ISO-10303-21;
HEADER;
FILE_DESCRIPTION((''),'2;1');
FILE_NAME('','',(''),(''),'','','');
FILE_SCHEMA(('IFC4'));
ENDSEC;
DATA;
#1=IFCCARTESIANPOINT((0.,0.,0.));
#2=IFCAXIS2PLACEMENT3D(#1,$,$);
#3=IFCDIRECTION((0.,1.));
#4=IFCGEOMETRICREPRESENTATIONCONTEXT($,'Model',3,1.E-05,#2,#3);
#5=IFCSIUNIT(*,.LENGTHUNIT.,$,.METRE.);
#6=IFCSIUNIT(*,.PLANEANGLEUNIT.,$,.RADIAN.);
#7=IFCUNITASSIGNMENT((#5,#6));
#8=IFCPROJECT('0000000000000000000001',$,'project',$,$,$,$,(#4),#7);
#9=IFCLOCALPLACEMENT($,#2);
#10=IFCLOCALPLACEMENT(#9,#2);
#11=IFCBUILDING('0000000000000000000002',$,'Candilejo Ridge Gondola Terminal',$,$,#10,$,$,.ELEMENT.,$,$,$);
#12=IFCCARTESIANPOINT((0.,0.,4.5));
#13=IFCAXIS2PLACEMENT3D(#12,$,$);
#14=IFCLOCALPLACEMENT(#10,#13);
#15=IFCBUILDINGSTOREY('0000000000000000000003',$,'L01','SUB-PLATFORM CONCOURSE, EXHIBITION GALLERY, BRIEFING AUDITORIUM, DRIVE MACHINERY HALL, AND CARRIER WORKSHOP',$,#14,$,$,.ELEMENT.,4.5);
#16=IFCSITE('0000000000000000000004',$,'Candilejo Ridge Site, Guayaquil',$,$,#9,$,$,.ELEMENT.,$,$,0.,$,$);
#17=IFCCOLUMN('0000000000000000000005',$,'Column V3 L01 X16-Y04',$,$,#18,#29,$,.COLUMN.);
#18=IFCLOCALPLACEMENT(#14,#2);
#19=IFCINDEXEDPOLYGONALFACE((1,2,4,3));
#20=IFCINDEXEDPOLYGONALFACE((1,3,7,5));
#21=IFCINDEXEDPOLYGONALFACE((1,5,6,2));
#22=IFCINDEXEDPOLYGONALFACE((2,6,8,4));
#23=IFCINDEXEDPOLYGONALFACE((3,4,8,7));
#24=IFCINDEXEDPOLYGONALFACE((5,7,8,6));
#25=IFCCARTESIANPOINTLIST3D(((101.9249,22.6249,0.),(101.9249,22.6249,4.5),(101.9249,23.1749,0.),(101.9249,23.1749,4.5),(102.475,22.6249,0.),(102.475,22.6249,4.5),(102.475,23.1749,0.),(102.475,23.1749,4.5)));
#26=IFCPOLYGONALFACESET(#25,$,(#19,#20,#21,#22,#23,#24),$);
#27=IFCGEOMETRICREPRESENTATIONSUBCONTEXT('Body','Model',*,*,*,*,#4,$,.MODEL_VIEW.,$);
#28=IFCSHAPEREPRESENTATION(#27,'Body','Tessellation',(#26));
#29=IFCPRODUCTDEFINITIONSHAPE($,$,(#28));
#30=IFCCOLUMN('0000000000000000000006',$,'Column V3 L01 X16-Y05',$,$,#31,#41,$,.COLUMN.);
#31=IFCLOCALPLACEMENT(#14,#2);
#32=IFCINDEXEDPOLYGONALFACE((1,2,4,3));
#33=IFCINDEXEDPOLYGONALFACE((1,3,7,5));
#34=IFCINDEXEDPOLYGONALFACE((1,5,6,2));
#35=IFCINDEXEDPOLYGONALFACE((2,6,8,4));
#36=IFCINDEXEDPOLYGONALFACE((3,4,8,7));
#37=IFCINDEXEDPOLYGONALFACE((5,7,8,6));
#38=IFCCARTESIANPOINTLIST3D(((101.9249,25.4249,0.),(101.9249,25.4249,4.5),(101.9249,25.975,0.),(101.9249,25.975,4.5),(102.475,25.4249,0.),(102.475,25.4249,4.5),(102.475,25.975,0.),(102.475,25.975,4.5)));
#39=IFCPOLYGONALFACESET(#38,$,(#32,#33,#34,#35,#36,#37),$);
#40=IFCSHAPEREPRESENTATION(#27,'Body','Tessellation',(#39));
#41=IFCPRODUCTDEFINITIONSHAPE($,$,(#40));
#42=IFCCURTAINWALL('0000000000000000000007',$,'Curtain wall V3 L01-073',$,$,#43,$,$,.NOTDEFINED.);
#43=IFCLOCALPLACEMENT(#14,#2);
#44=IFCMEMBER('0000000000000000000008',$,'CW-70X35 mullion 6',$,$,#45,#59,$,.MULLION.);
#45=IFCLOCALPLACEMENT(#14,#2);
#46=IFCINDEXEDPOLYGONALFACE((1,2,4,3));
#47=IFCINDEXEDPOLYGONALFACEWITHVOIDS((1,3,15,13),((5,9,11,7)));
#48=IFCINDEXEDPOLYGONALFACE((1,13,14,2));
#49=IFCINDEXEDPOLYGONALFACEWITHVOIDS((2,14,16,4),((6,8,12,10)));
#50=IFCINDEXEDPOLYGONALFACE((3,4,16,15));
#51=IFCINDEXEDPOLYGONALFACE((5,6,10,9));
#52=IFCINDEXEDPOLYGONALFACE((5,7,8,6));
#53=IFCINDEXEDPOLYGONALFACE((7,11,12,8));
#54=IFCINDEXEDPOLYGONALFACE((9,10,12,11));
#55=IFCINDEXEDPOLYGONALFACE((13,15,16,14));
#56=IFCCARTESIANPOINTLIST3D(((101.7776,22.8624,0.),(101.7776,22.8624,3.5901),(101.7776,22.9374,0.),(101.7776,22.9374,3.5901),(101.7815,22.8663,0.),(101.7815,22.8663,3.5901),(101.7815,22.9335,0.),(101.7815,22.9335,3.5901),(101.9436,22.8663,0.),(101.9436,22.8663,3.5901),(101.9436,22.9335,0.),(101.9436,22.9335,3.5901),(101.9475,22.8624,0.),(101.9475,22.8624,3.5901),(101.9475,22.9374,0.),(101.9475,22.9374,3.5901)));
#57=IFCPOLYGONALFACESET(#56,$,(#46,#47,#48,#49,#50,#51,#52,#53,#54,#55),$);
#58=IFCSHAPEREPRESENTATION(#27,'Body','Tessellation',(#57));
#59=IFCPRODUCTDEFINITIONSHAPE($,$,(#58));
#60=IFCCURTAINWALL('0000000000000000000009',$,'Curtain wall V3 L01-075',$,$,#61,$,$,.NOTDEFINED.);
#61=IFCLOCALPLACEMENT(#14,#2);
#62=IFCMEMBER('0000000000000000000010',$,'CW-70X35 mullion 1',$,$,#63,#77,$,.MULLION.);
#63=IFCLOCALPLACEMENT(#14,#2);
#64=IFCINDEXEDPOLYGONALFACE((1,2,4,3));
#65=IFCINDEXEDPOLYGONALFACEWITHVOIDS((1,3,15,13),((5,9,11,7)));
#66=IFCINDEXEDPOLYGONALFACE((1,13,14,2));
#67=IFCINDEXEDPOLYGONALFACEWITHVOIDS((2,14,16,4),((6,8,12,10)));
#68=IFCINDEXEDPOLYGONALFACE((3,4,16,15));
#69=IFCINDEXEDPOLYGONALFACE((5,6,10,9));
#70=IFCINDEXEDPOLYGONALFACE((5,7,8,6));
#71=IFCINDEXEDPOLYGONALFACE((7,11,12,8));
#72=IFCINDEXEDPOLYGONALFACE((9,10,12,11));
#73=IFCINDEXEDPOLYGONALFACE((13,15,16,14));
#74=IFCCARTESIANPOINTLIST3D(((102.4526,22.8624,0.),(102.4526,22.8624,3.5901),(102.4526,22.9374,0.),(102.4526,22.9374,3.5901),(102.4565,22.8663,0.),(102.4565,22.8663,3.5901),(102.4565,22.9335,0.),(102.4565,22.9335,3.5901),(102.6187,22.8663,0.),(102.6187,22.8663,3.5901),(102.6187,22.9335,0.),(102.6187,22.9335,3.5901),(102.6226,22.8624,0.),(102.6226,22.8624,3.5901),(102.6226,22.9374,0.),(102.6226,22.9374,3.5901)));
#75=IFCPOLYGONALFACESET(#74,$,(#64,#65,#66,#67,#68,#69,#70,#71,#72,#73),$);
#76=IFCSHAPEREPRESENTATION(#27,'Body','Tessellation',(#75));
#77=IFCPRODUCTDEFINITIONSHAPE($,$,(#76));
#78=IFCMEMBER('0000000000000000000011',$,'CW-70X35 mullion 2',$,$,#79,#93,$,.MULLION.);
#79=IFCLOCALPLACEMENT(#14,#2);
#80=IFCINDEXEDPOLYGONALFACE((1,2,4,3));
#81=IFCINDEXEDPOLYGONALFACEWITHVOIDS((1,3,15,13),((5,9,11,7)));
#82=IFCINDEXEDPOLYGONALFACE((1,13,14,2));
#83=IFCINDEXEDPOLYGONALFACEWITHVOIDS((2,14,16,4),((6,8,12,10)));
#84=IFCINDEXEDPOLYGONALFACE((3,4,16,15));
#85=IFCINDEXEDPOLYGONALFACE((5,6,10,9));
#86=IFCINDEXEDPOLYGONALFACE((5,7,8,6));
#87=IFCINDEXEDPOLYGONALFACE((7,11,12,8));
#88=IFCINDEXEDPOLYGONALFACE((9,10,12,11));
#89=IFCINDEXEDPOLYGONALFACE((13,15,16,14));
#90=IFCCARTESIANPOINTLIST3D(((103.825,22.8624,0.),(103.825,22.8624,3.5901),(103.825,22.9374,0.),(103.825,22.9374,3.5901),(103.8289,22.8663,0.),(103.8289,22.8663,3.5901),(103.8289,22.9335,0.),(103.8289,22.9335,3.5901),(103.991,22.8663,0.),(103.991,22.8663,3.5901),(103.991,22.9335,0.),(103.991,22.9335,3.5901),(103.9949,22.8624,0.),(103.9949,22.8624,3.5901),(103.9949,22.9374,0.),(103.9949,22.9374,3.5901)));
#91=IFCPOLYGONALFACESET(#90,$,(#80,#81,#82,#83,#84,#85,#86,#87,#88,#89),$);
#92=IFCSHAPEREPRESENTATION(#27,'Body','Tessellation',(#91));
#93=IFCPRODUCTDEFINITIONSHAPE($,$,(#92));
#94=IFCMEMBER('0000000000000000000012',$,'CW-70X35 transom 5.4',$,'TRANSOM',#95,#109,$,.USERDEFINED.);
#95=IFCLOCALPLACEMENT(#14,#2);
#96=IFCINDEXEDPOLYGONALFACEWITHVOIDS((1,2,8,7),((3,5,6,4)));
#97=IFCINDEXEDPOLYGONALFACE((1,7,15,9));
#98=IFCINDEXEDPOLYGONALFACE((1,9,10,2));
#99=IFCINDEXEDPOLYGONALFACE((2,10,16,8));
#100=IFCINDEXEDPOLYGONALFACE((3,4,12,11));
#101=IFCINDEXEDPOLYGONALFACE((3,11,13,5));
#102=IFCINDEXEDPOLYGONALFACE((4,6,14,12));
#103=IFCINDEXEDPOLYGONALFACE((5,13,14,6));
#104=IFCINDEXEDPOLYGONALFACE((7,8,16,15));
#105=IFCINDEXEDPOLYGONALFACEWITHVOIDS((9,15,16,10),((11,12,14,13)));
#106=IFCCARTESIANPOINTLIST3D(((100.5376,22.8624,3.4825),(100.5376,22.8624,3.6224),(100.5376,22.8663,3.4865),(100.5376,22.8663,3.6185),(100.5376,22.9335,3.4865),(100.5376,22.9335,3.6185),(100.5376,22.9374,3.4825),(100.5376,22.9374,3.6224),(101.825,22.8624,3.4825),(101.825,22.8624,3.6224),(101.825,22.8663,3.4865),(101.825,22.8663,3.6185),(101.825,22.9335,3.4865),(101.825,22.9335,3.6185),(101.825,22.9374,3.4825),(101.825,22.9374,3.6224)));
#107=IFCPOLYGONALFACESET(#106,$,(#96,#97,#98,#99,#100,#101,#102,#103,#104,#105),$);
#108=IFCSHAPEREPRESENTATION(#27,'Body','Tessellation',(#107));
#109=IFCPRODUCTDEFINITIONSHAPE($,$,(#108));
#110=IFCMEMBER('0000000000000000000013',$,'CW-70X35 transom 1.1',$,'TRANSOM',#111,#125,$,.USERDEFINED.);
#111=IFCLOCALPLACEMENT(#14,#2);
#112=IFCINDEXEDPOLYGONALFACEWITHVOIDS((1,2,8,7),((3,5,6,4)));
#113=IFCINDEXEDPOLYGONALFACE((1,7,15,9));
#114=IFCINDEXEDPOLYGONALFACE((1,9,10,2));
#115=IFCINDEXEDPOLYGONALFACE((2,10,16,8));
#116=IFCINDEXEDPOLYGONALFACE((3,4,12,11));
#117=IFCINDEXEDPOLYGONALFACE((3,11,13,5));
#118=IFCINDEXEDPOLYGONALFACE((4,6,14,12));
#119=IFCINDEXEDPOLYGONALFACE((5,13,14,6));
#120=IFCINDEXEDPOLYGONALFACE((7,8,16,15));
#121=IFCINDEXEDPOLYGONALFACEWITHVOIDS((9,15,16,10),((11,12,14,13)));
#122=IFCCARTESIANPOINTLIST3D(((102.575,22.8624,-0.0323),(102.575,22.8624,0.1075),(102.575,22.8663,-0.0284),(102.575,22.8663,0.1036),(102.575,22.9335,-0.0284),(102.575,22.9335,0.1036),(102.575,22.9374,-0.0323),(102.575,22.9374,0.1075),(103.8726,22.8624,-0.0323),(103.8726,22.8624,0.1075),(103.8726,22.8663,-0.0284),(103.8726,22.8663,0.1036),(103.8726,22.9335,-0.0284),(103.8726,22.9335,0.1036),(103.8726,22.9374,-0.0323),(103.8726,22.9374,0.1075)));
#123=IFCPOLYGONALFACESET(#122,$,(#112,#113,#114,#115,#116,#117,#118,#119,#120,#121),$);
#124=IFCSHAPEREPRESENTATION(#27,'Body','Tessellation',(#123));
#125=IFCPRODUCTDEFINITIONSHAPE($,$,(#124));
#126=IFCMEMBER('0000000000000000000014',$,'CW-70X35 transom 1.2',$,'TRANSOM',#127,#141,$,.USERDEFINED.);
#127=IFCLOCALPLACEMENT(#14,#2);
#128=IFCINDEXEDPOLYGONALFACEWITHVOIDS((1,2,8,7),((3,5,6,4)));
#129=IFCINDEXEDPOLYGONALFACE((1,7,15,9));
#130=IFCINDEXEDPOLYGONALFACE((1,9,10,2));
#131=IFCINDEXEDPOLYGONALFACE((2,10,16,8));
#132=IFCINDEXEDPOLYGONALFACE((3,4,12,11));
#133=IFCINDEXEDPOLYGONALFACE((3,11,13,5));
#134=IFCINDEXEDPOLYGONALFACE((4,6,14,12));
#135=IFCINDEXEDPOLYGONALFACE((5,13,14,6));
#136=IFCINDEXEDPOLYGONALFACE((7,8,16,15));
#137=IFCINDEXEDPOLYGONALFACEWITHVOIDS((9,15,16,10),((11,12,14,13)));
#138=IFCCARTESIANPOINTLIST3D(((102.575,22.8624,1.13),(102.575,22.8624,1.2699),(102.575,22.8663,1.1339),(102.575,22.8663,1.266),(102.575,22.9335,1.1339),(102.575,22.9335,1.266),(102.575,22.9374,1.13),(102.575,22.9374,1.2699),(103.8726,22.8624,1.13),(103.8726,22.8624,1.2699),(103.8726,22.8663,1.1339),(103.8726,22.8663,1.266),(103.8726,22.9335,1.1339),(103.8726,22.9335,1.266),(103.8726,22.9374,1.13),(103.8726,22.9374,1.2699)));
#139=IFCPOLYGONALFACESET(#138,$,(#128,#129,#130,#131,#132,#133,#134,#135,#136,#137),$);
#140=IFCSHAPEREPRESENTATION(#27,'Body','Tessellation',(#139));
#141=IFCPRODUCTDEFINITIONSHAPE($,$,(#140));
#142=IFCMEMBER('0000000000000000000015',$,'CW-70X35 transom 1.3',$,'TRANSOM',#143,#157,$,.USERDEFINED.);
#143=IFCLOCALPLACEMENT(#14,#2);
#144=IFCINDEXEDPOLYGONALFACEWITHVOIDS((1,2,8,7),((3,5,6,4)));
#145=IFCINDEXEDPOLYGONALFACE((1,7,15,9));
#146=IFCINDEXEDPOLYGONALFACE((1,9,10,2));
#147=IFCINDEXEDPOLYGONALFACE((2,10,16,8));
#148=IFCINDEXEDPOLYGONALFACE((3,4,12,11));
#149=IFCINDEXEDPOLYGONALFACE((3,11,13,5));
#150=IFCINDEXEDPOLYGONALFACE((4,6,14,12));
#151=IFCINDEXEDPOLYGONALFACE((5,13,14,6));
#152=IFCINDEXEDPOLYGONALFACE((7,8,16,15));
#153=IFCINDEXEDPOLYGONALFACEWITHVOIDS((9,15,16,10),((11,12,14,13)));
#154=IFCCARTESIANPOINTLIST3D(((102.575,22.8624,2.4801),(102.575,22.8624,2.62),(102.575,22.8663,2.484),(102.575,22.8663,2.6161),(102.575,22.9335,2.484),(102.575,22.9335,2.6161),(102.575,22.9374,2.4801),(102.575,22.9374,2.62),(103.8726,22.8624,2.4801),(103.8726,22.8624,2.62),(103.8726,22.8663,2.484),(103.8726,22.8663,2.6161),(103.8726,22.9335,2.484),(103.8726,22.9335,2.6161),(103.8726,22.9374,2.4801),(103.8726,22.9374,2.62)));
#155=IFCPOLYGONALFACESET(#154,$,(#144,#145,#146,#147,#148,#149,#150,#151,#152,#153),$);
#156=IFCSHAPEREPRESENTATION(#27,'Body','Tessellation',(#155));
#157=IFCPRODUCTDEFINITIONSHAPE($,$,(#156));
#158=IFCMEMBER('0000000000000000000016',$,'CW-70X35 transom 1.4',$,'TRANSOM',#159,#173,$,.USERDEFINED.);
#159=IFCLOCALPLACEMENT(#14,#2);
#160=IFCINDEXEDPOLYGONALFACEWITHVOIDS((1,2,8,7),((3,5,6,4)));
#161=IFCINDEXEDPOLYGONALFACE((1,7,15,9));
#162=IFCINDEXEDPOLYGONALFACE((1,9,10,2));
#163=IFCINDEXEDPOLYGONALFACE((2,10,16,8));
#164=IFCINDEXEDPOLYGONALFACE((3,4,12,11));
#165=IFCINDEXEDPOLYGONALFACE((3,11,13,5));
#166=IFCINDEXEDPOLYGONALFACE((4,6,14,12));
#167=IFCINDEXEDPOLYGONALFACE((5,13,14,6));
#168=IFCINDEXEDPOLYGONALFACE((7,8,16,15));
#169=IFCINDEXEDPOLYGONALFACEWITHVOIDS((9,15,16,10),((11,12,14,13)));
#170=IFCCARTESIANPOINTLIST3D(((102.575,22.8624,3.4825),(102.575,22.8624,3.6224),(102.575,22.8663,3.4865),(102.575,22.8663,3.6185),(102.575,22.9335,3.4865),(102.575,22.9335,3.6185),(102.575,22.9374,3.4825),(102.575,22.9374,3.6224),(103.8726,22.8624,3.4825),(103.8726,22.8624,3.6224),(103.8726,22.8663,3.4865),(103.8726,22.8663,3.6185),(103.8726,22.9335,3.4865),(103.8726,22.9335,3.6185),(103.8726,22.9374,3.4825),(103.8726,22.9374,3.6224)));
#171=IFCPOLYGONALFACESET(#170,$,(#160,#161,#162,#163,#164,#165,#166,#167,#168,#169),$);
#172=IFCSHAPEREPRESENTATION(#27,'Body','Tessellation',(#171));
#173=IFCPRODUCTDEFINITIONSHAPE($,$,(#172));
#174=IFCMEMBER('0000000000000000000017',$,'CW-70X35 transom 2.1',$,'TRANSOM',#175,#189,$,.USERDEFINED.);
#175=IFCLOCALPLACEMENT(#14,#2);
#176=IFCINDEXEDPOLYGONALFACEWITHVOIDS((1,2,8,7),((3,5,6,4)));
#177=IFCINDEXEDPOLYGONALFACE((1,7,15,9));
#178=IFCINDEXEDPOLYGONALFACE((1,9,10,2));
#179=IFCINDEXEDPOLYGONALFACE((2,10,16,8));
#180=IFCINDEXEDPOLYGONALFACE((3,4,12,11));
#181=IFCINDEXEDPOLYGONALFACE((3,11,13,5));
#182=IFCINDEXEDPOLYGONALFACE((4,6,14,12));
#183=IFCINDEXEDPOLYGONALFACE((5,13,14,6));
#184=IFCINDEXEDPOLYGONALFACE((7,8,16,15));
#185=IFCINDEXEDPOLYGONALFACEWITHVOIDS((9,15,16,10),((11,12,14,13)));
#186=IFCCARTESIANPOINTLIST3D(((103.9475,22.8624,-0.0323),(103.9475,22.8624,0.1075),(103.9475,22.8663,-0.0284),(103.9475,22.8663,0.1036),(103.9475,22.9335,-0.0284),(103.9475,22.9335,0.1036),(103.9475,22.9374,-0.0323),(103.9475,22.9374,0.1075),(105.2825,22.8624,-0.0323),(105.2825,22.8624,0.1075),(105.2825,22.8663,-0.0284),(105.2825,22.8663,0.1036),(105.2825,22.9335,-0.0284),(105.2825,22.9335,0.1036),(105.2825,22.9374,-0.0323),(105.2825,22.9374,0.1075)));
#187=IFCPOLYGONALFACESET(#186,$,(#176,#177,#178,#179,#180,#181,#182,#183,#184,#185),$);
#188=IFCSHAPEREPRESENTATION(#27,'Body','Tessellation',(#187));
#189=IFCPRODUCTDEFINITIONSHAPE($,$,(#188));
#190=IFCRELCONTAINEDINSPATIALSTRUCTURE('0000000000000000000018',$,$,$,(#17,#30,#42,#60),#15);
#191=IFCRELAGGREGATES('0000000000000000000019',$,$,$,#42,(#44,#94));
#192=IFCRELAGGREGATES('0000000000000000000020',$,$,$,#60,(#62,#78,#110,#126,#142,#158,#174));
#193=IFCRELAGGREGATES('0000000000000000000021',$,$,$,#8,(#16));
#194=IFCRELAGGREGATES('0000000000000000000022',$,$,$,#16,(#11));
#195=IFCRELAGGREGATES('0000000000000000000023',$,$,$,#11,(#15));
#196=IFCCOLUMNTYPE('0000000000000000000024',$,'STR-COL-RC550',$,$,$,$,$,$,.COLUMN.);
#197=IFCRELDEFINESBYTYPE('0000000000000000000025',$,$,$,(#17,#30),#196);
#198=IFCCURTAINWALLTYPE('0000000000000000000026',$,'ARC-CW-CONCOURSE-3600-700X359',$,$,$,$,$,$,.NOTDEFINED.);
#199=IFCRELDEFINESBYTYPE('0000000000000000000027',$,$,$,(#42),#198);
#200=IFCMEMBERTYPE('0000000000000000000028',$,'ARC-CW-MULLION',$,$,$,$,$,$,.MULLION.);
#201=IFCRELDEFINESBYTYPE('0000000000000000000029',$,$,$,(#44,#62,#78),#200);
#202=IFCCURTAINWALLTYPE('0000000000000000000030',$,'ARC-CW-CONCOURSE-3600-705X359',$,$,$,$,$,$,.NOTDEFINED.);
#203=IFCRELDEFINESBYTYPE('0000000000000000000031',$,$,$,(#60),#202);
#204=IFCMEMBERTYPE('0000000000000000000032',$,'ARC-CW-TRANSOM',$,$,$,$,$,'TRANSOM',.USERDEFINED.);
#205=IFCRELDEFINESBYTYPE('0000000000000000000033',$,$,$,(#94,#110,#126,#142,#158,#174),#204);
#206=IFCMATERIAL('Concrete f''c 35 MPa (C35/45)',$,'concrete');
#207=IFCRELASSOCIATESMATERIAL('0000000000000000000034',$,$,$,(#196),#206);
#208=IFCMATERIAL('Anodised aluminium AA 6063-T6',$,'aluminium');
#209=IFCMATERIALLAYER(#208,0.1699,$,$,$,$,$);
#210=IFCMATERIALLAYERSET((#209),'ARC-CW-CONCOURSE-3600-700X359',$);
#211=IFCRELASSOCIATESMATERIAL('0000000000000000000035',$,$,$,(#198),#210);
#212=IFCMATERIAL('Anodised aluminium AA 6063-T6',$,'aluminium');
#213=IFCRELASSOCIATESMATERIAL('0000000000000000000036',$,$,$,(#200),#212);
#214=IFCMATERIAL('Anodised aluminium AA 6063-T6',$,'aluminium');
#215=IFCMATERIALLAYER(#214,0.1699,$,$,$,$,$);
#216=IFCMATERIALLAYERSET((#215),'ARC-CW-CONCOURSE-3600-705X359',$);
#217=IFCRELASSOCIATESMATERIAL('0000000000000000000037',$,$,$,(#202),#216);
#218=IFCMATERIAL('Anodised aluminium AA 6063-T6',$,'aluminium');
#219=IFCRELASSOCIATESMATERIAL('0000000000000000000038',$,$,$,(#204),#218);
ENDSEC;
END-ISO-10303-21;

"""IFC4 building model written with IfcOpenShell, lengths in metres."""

from ifc_helpers import new_model, si_unit, direction, frame, origin, origin_2d, place, context, subcontext, project, spatial, rectangle, hollow_rectangle, extrude, material, layer, layer_set, material_profile, profile_set, type_object, element, aggregate, save


model = new_model("IFC4")

# Units and contexts
model_context = context("Model", 3, precision=1e-05, world=origin(), true_north=direction((0.0, 1.0)))
body_context = subcontext(model_context, "Body", "Model", "MODEL_VIEW")
ifc_project = project(units=[si_unit("LENGTHUNIT", "METRE"), si_unit("PLANEANGLEUNIT", "RADIAN")], contexts=[model_context])

# Site, building, storey
site_placement = place(None, origin())
site = spatial("IfcSite", under=ifc_project, at=site_placement, Name="Candilejo Ridge Site, Guayaquil", CompositionType="ELEMENT", RefElevation=0.0)
building_placement = place(site_placement, origin())
building = spatial("IfcBuilding", under=site, at=building_placement, Name="Candilejo Ridge Gondola Terminal", CompositionType="ELEMENT")
storey_placement = place(building_placement, frame((0.0, 0.0, 4.5)))
storey = spatial("IfcBuildingStorey", under=building, at=storey_placement, Name="L01", Description="SUB-PLATFORM CONCOURSE, EXHIBITION GALLERY, BRIEFING AUDITORIUM, DRIVE MACHINERY HALL, AND CARRIER WORKSHOP", CompositionType="ELEMENT", Elevation=4.5)

# Columns
ifc_material_1 = material(Name="Concrete f'c 35 MPa (C35/45)", Category="concrete")
ifc_material_profile_1 = material_profile(ifc_material_1, rectangle(XDim=0.55, YDim=0.55, at=origin_2d()))
ifc_profile_set_1 = profile_set([ifc_material_profile_1], Name="Concrete f'c 35 MPa (C35/45)")
column_type = type_object("IfcColumnType", Name="STR-COL-RC550", PredefinedType="COLUMN", material=ifc_profile_set_1)
for number, where, z_axis, x_axis, name in (
    (1, (102.2, 22.8999, 0.0), (0.0, 0.0, 1.0), (1.0, 0.0, 0.0), "Column V3 L01 X16-Y04"),
    (2, (102.2, 25.7, 0.0), (0.0, 0.0, 1.0), (1.0, 0.0, 0.0), "Column V3 L01 X16-Y05"),
):
    element("IfcColumn", number, at=place(storey_placement, frame(where, z_axis=z_axis, x_axis=x_axis)), inside=storey, type_object=column_type, Name=name, PredefinedType="COLUMN", context=body_context, shape_type="SweptSolid", body=[
        extrude(rectangle(XDim=0.55, YDim=0.55, at=origin_2d()), origin(), (0.0, 0.0, 1.0), 4.5),
    ])

# Curtain wall, member
ifc_material_2 = material(Name="Anodised aluminium AA 6063-T6", Category="aluminium")
ifc_layer_1 = layer(ifc_material_2, 0.1699)
ifc_layer_set_1 = layer_set([ifc_layer_1], Name="ARC-CW-CONCOURSE-3600-700X359")
curtain_wall_type_1 = type_object("IfcCurtainWallType", Name="ARC-CW-CONCOURSE-3600-700X359", PredefinedType="NOTDEFINED", material=ifc_layer_set_1)
curtain_wall_1_placement = place(storey_placement, origin())
curtain_wall_1 = element("IfcCurtainWall", 3, at=curtain_wall_1_placement, inside=storey, type_object=curtain_wall_type_1, Name="Curtain wall V3 L01-073", PredefinedType="NOTDEFINED")
ifc_material_3 = material(Name="Anodised aluminium AA 6063-T6", Category="aluminium")
ifc_material_profile_2 = material_profile(ifc_material_3, hollow_rectangle(XDim=0.075, YDim=0.1699, WallThickness=0.0039, at=origin_2d()))
ifc_profile_set_2 = profile_set([ifc_material_profile_2], Name="Anodised aluminium AA 6063-T6")
member_type_1 = type_object("IfcMemberType", Name="ARC-CW-MULLION", PredefinedType="MULLION", material=ifc_profile_set_2)
member_1_placement = place(storey_placement, frame((101.8625, 22.8999, 0.0), z_axis=(0.0, 0.0, 1.0), x_axis=(0.0, 1.0, 0.0)))
member_1 = element("IfcMember", 4, at=member_1_placement, type_object=member_type_1, Name="CW-70X35 mullion 6", PredefinedType="MULLION", context=body_context, shape_type="SweptSolid", body=[
    extrude(hollow_rectangle(XDim=0.075, YDim=0.1699, WallThickness=0.0039, at=origin_2d()), origin(), (0.0, 0.0, 1.0), 3.5901),
])

# Curtain wall, members
ifc_material_4 = material(Name="Anodised aluminium AA 6063-T6", Category="aluminium")
ifc_layer_2 = layer(ifc_material_4, 0.1699)
ifc_layer_set_2 = layer_set([ifc_layer_2], Name="ARC-CW-CONCOURSE-3600-705X359")
curtain_wall_type_2 = type_object("IfcCurtainWallType", Name="ARC-CW-CONCOURSE-3600-705X359", PredefinedType="NOTDEFINED", material=ifc_layer_set_2)
curtain_wall_2_placement = place(storey_placement, origin())
curtain_wall_2 = element("IfcCurtainWall", 5, at=curtain_wall_2_placement, inside=storey, type_object=curtain_wall_type_2, Name="Curtain wall V3 L01-075", PredefinedType="NOTDEFINED")
member_2_placement = place(storey_placement, frame((102.5376, 22.8999, 0.0), z_axis=(0.0, 0.0, 1.0), x_axis=(0.0, 1.0, 0.0)))
member_2 = element("IfcMember", 6, at=member_2_placement, type_object=member_type_1, Name="CW-70X35 mullion 1", PredefinedType="MULLION", context=body_context, shape_type="SweptSolid", body=[
    extrude(hollow_rectangle(XDim=0.075, YDim=0.1699, WallThickness=0.0039, at=origin_2d()), origin(), (0.0, 0.0, 1.0), 3.5901),
])
member_3_placement = place(storey_placement, frame((103.9099, 22.8999, 0.0), z_axis=(0.0, 0.0, 1.0), x_axis=(0.0, 1.0, 0.0)))
member_3 = element("IfcMember", 7, at=member_3_placement, type_object=member_type_1, Name="CW-70X35 mullion 2", PredefinedType="MULLION", context=body_context, shape_type="SweptSolid", body=[
    extrude(hollow_rectangle(XDim=0.075, YDim=0.1699, WallThickness=0.0039, at=origin_2d()), origin(), (0.0, 0.0, 1.0), 3.5901),
])

# Members
ifc_material_5 = material(Name="Anodised aluminium AA 6063-T6", Category="aluminium")
ifc_material_profile_3 = material_profile(ifc_material_5, hollow_rectangle(XDim=0.075, YDim=0.1399, WallThickness=0.0039, at=origin_2d()))
ifc_profile_set_3 = profile_set([ifc_material_profile_3], Name="Anodised aluminium AA 6063-T6")
member_type_2 = type_object("IfcMemberType", Name="ARC-CW-TRANSOM", ElementType="TRANSOM", PredefinedType="USERDEFINED", material=ifc_profile_set_3)
member_4_placement = place(storey_placement, frame((100.5376, 22.8999, 3.5525), z_axis=(1.0, 0.0, 0.0), x_axis=(0.0, 1.0, 0.0)))
member_4 = element("IfcMember", 8, at=member_4_placement, type_object=member_type_2, Name="CW-70X35 transom 5.4", ObjectType="TRANSOM", PredefinedType="USERDEFINED", context=body_context, shape_type="SweptSolid", body=[
    extrude(hollow_rectangle(XDim=0.075, YDim=0.1399, WallThickness=0.0039, at=origin_2d()), origin(), (0.0, 0.0, 1.0), 1.2874),
])
member_5_placement = place(storey_placement, frame((102.575, 22.8999, 0.0376), z_axis=(1.0, 0.0, 0.0), x_axis=(0.0, 1.0, 0.0)))
member_5 = element("IfcMember", 9, at=member_5_placement, type_object=member_type_2, Name="CW-70X35 transom 1.1", ObjectType="TRANSOM", PredefinedType="USERDEFINED", context=body_context, shape_type="SweptSolid", body=[
    extrude(hollow_rectangle(XDim=0.075, YDim=0.1399, WallThickness=0.0039, at=origin_2d()), origin(), (0.0, 0.0, 1.0), 1.2976),
])
member_6_placement = place(storey_placement, frame((102.575, 22.8999, 1.2), z_axis=(1.0, 0.0, 0.0), x_axis=(0.0, 1.0, 0.0)))
member_6 = element("IfcMember", 10, at=member_6_placement, type_object=member_type_2, Name="CW-70X35 transom 1.2", ObjectType="TRANSOM", PredefinedType="USERDEFINED", context=body_context, shape_type="SweptSolid", body=[
    extrude(hollow_rectangle(XDim=0.075, YDim=0.1399, WallThickness=0.0039, at=origin_2d()), origin(), (0.0, 0.0, 1.0), 1.2976),
])
member_7_placement = place(storey_placement, frame((102.575, 22.8999, 2.55), z_axis=(1.0, 0.0, 0.0), x_axis=(0.0, 1.0, 0.0)))
member_7 = element("IfcMember", 11, at=member_7_placement, type_object=member_type_2, Name="CW-70X35 transom 1.3", ObjectType="TRANSOM", PredefinedType="USERDEFINED", context=body_context, shape_type="SweptSolid", body=[
    extrude(hollow_rectangle(XDim=0.075, YDim=0.1399, WallThickness=0.0039, at=origin_2d()), origin(), (0.0, 0.0, 1.0), 1.2976),
])
member_8_placement = place(storey_placement, frame((102.575, 22.8999, 3.5525), z_axis=(1.0, 0.0, 0.0), x_axis=(0.0, 1.0, 0.0)))
member_8 = element("IfcMember", 12, at=member_8_placement, type_object=member_type_2, Name="CW-70X35 transom 1.4", ObjectType="TRANSOM", PredefinedType="USERDEFINED", context=body_context, shape_type="SweptSolid", body=[
    extrude(hollow_rectangle(XDim=0.075, YDim=0.1399, WallThickness=0.0039, at=origin_2d()), origin(), (0.0, 0.0, 1.0), 1.2976),
])
member_9_placement = place(storey_placement, frame((103.9475, 22.8999, 0.0376), z_axis=(1.0, 0.0, 0.0), x_axis=(0.0, 1.0, 0.0)))
member_9 = element("IfcMember", 13, at=member_9_placement, type_object=member_type_2, Name="CW-70X35 transom 2.1", ObjectType="TRANSOM", PredefinedType="USERDEFINED", context=body_context, shape_type="SweptSolid", body=[
    extrude(hollow_rectangle(XDim=0.075, YDim=0.1399, WallThickness=0.0039, at=origin_2d()), origin(), (0.0, 0.0, 1.0), 1.335),
])

aggregate(curtain_wall_1, [member_1, member_4])
aggregate(curtain_wall_2, [member_2, member_3, member_5, member_6, member_7, member_8, member_9])

save(model, "model.ifc")
